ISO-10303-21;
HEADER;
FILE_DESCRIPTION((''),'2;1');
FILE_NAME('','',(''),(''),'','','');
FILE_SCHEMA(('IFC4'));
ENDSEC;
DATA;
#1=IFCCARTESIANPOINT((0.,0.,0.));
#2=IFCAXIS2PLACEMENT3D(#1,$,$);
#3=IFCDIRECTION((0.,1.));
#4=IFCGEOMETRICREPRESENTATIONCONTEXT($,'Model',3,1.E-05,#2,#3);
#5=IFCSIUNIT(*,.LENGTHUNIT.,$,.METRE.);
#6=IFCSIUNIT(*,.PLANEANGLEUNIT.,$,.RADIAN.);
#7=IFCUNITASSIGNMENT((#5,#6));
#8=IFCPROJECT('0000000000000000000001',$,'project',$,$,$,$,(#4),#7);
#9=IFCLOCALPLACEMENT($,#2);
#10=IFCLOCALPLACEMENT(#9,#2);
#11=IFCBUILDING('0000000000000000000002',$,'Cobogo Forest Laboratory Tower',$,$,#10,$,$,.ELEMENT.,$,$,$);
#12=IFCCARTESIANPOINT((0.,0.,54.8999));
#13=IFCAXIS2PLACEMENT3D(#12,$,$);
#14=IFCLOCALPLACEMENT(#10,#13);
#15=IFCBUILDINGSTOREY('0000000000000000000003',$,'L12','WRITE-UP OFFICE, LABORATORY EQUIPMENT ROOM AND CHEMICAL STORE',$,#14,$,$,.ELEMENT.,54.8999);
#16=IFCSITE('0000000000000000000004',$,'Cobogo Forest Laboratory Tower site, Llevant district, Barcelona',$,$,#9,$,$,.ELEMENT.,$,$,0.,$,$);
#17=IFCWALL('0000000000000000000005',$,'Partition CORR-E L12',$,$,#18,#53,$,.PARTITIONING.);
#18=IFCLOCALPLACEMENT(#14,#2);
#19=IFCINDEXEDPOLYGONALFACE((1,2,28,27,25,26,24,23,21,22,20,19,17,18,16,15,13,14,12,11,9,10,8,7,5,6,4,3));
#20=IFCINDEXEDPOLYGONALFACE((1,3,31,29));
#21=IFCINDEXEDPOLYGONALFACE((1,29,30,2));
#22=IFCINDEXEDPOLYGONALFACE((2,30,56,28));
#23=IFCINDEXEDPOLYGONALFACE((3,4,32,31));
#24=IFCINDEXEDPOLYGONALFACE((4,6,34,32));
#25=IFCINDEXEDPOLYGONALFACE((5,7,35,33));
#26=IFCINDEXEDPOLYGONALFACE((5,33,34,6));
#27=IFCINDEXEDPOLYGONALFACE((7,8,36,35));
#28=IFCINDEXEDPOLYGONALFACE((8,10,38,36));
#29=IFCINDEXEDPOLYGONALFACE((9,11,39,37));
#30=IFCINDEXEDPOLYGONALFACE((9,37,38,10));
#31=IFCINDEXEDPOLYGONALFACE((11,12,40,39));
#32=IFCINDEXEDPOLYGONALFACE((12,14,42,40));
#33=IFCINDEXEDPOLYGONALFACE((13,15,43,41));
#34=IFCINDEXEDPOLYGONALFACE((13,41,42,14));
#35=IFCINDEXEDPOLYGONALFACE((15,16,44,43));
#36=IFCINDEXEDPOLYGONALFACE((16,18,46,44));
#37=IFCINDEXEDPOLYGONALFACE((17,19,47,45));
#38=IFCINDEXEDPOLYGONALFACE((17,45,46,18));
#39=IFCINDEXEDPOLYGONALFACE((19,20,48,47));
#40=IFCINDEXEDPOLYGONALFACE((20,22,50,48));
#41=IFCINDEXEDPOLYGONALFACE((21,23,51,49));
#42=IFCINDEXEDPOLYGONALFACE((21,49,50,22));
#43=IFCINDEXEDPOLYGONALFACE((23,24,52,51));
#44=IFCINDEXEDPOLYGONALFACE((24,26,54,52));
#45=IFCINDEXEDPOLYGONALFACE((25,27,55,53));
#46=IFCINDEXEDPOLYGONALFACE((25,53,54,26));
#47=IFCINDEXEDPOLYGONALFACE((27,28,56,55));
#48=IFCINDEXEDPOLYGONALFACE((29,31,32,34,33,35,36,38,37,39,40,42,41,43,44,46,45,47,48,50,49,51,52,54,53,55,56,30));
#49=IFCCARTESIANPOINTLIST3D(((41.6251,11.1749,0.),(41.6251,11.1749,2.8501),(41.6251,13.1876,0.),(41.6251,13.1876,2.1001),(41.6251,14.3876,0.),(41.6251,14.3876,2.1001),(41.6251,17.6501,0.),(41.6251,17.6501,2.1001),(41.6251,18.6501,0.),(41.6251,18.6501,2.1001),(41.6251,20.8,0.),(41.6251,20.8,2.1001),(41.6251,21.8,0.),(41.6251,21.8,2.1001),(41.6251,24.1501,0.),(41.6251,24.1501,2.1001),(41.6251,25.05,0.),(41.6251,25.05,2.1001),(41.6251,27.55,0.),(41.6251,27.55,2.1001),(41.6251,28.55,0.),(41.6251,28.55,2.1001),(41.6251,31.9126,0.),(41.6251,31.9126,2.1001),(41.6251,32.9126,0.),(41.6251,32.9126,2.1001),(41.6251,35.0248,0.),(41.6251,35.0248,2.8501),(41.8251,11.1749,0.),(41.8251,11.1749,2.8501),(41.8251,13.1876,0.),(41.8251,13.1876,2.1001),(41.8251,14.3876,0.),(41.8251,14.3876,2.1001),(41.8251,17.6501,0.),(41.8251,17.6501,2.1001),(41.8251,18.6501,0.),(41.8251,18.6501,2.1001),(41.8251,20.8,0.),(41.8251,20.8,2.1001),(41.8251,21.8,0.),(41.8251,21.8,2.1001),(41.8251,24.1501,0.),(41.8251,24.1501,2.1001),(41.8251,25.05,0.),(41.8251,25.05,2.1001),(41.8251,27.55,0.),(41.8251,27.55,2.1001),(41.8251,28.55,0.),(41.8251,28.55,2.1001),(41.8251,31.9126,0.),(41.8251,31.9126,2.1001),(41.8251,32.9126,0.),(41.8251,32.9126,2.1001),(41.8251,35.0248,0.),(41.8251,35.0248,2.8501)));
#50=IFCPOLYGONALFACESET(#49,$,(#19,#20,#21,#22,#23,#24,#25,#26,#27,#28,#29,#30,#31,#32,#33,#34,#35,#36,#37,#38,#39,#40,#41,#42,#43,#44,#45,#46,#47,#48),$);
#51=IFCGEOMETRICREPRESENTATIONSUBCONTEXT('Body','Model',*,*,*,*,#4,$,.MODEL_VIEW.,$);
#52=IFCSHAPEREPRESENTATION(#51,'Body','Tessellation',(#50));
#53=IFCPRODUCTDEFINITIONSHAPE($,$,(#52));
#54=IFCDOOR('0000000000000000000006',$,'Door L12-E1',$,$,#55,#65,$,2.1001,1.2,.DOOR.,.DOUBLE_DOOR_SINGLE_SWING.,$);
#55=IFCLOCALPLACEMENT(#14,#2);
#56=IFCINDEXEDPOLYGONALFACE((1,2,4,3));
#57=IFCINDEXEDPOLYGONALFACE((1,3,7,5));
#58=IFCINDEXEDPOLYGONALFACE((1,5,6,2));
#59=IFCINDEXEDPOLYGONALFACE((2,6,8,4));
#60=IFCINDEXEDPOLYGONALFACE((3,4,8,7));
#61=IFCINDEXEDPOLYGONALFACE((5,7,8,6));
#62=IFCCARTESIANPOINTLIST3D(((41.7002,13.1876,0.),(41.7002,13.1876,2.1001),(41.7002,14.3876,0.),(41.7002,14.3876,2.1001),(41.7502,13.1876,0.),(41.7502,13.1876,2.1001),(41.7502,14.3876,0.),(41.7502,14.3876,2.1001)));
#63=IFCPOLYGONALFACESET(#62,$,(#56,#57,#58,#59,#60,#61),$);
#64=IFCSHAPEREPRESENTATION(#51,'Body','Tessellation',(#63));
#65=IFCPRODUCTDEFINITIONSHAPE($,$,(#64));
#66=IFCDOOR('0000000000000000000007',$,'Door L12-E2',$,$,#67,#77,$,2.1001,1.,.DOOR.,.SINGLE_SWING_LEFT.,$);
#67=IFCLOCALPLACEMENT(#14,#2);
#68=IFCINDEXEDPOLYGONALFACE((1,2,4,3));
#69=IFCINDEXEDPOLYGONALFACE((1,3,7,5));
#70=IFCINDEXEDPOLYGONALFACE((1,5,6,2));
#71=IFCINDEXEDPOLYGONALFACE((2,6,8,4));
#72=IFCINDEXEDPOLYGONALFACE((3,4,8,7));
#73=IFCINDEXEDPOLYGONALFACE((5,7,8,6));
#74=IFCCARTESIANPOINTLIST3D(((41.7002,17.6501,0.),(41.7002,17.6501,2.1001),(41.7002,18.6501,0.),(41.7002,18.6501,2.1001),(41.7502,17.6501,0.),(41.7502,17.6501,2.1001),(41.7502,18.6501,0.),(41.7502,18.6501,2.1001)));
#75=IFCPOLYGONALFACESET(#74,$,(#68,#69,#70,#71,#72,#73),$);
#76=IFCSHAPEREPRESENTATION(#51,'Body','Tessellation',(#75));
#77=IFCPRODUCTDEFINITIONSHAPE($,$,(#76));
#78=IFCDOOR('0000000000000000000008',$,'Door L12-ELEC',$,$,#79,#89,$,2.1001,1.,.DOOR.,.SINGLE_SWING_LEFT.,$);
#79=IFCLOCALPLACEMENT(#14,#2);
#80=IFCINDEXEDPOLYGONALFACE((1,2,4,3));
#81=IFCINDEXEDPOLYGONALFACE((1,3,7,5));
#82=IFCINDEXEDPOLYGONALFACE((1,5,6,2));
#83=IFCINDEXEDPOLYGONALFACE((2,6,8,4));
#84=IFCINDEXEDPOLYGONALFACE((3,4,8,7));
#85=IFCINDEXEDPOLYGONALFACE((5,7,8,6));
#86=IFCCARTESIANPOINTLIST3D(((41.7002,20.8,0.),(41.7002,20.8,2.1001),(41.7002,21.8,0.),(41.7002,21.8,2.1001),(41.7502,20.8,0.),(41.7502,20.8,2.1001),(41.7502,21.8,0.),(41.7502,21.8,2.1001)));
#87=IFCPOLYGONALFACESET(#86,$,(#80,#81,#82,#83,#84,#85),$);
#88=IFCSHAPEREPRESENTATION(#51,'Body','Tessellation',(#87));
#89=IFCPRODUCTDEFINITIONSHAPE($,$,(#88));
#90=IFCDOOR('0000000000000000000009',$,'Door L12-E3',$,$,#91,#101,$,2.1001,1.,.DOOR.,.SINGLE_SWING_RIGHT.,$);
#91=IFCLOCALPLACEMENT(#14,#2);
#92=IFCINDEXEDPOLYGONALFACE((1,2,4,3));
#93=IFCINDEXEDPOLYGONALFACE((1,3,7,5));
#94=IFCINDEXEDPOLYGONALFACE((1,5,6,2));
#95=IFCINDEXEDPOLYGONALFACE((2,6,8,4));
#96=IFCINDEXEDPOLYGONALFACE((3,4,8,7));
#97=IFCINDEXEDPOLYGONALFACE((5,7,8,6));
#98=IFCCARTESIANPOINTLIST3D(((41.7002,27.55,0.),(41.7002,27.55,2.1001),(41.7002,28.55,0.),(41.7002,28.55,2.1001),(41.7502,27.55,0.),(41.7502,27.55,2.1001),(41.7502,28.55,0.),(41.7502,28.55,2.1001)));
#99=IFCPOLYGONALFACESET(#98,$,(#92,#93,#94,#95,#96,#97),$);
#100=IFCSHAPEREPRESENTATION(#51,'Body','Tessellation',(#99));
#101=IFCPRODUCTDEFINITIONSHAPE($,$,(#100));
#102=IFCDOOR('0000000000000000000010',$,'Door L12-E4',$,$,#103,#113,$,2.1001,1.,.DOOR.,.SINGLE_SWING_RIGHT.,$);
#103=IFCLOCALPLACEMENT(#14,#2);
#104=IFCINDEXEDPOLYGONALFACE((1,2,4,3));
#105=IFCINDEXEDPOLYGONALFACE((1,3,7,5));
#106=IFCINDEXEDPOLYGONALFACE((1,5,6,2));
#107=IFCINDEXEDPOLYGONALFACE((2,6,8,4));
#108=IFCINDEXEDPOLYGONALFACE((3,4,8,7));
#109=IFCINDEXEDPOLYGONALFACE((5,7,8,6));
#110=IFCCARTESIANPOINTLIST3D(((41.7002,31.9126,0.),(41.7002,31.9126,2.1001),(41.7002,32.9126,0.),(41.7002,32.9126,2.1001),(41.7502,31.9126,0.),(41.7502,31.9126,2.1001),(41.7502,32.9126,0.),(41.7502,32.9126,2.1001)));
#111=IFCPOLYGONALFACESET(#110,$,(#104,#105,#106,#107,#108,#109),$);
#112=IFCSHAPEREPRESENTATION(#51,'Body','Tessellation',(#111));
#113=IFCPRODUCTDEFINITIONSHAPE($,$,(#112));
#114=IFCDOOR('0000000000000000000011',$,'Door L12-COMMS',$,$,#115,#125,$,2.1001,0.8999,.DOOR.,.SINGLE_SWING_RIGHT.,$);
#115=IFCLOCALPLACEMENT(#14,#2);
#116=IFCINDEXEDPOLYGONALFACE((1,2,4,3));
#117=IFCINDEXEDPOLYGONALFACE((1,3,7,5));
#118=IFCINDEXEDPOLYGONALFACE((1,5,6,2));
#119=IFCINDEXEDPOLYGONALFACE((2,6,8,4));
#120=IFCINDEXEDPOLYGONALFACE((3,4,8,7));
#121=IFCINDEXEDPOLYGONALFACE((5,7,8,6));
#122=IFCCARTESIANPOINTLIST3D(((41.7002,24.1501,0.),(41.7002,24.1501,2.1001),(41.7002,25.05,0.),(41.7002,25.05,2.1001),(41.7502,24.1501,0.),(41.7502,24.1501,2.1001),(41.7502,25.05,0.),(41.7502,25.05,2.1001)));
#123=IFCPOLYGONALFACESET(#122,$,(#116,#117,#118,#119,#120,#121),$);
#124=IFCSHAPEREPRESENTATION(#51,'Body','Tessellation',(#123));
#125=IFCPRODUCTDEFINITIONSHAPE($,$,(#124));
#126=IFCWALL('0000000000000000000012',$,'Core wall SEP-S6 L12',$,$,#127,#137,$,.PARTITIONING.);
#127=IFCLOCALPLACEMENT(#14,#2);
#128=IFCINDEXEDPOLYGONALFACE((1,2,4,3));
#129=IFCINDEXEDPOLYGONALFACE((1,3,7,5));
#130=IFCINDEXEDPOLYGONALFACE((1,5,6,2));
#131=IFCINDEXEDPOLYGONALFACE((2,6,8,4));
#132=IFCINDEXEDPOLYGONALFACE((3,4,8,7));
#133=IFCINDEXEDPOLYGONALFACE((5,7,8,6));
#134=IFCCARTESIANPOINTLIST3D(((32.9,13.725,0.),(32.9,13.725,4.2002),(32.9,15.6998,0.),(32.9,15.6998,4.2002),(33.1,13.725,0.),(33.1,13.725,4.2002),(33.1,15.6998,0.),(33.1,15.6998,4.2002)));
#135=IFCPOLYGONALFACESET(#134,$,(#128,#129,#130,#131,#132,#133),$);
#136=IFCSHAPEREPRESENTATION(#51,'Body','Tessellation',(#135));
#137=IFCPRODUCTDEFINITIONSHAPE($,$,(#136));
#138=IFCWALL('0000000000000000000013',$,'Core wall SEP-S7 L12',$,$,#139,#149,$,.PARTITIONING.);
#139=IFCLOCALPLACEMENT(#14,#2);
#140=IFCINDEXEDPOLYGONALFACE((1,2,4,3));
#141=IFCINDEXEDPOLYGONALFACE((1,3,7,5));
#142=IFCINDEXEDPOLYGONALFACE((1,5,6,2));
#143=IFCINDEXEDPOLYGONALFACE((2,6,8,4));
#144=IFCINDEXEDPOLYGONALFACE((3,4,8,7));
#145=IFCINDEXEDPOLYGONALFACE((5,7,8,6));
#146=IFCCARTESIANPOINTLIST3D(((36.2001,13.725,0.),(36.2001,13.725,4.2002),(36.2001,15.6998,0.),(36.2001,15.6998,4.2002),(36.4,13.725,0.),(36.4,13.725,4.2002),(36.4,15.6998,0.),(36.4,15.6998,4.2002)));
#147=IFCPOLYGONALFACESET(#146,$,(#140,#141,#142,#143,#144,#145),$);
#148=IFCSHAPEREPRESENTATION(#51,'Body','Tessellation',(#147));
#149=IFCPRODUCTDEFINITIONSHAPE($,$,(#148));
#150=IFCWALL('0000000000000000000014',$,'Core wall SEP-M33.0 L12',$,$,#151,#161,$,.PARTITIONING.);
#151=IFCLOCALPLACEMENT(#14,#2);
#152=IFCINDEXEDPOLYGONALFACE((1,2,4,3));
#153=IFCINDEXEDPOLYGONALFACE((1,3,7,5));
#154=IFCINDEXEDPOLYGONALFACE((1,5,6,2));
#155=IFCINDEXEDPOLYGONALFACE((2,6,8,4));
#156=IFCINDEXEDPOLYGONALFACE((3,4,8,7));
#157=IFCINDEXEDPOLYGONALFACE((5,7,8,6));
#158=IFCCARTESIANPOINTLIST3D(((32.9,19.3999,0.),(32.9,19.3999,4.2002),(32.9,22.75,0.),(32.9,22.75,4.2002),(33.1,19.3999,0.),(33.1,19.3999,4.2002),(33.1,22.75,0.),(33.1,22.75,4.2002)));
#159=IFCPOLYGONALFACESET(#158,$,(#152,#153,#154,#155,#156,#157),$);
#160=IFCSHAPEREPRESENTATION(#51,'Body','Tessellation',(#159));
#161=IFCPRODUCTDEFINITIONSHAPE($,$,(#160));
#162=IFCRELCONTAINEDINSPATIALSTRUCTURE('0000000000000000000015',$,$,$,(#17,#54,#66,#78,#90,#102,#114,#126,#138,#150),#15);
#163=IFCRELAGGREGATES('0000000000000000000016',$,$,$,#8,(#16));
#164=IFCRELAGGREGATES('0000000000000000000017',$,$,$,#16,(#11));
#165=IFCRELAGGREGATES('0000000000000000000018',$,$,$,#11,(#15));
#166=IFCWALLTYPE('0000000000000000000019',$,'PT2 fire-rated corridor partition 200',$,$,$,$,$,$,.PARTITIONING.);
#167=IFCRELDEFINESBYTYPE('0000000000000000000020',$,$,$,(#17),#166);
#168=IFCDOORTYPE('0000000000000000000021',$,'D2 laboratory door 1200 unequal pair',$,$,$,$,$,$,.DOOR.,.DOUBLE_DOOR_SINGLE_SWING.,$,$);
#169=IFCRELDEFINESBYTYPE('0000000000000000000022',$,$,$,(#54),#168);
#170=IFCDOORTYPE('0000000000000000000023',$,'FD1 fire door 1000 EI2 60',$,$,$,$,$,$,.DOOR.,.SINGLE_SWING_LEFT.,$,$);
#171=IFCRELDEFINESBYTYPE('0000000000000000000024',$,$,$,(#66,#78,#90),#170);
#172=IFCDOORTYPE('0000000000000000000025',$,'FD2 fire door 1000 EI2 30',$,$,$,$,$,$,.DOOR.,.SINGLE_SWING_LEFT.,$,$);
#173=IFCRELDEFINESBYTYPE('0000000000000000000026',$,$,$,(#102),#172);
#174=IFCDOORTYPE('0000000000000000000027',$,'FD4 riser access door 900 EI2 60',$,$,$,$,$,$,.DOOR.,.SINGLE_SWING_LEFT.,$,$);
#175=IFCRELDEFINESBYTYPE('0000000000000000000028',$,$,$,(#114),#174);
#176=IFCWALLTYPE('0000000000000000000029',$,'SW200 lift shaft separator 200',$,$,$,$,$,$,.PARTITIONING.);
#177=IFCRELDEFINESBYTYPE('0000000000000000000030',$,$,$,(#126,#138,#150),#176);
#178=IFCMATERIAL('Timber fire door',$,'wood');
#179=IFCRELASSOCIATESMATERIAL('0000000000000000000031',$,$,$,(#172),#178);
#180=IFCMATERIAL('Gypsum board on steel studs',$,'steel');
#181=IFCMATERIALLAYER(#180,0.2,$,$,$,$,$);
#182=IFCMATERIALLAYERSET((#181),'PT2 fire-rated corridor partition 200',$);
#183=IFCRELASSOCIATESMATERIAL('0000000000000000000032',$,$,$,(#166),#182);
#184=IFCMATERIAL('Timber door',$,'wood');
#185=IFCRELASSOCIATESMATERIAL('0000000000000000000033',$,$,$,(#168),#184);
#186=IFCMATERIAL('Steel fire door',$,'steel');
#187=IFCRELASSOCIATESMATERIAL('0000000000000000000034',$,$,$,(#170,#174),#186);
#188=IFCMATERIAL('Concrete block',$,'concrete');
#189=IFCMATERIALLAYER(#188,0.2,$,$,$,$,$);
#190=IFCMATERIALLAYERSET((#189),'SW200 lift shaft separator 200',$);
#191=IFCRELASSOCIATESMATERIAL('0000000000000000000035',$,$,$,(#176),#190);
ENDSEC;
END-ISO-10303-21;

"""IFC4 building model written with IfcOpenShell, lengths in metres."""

from ifc_helpers import new_model, si_unit, direction, frame, frame_2d, origin, place, context, subcontext, project, spatial, rectangle, extrude, material, layer, layer_set, type_object, element, fill, save


model = new_model("IFC4")

# Units and contexts
model_context = context("Model", 3, precision=1e-05, world=origin(), true_north=direction((0.0, 1.0)))
body_context = subcontext(model_context, "Body", "Model", "MODEL_VIEW")
ifc_project = project(units=[si_unit("LENGTHUNIT", "METRE"), si_unit("PLANEANGLEUNIT", "RADIAN")], contexts=[model_context])

# Site, building, storey
site_placement = place(None, origin())
site = spatial("IfcSite", under=ifc_project, at=site_placement, Name="Cobogo Forest Laboratory Tower site, Llevant district, Barcelona", CompositionType="ELEMENT", RefElevation=0.0)
building_placement = place(site_placement, origin())
building = spatial("IfcBuilding", under=site, at=building_placement, Name="Cobogo Forest Laboratory Tower", CompositionType="ELEMENT")
storey_placement = place(building_placement, frame((0.0, 0.0, 54.8999)))
storey = spatial("IfcBuildingStorey", under=building, at=storey_placement, Name="L12", Description="WRITE-UP OFFICE, LABORATORY EQUIPMENT ROOM AND CHEMICAL STORE", CompositionType="ELEMENT", Elevation=54.8999)

# Shared definitions
ifc_material_1 = material(Name="Steel fire door", Category="steel")

# Shared definitions
ifc_material_2 = material(Name="Gypsum board on steel studs", Category="steel")

# Shared definitions
ifc_material_3 = material(Name="Timber fire door", Category="wood")
door_type_1 = type_object("IfcDoorType", Name="FD2 fire door 1000 EI2 30", OperationType="SINGLE_SWING_LEFT", PredefinedType="DOOR", material=ifc_material_3)

# Wall, openings, doors
ifc_layer_1 = layer(ifc_material_2, 0.2)
ifc_layer_set_1 = layer_set([ifc_layer_1], Name="PT2 fire-rated corridor partition 200")
wall_type_1 = type_object("IfcWallType", Name="PT2 fire-rated corridor partition 200", PredefinedType="PARTITIONING", material=ifc_layer_set_1)
wall_1_placement = place(storey_placement, frame((41.7251, 11.175, 0.0), z_axis=(0.0, 0.0, 1.0), x_axis=(0.0, 1.0, 0.0)))
wall_1 = element("IfcWall", 1, at=wall_1_placement, inside=storey, type_object=wall_type_1, Name="Partition CORR-E L12", PredefinedType="PARTITIONING", context=body_context, shape_type="SweptSolid", body=[
    extrude(rectangle(XDim=23.8499, YDim=0.2, at=frame_2d((11.9248, 0.0))), origin(), (0.0, 0.0, 1.0), 2.8501),
])
opening_1_placement = place(wall_1_placement, frame((2.0125, 0.0, 0.0)))
opening_1 = element("IfcOpeningElement", 2, at=opening_1_placement, cuts=wall_1, PredefinedType="OPENING", context=body_context, shape_type="SweptSolid", body=[
    extrude(rectangle(XDim=1.2, YDim=2.1001, at=frame_2d((0.6001, 1.05))), frame((0.0, 0.1099, 0.0), z_axis=(0.0, -1.0, 0.0), x_axis=(1.0, 0.0, 0.0)), (0.0, 0.0, 1.0), 0.22),
])
opening_2_placement = place(wall_1_placement, frame((6.4751, 0.0, 0.0)))
opening_2 = element("IfcOpeningElement", 3, at=opening_2_placement, cuts=wall_1, PredefinedType="OPENING", context=body_context, shape_type="SweptSolid", body=[
    extrude(rectangle(XDim=1.0, YDim=2.1001, at=frame_2d((0.5, 1.05))), frame((0.0, 0.1099, 0.0), z_axis=(0.0, -1.0, 0.0), x_axis=(1.0, 0.0, 0.0)), (0.0, 0.0, 1.0), 0.22),
])
opening_3_placement = place(wall_1_placement, frame((9.625, 0.0, 0.0)))
opening_3 = element("IfcOpeningElement", 4, at=opening_3_placement, cuts=wall_1, PredefinedType="OPENING", context=body_context, shape_type="SweptSolid", body=[
    extrude(rectangle(XDim=1.0, YDim=2.1001, at=frame_2d((0.5, 1.05))), frame((0.0, 0.1099, 0.0), z_axis=(0.0, -1.0, 0.0), x_axis=(1.0, 0.0, 0.0)), (0.0, 0.0, 1.0), 0.22),
])
opening_4_placement = place(wall_1_placement, frame((12.9751, 0.0, 0.0)))
opening_4 = element("IfcOpeningElement", 5, at=opening_4_placement, cuts=wall_1, PredefinedType="OPENING", context=body_context, shape_type="SweptSolid", body=[
    extrude(rectangle(XDim=0.8999, YDim=2.1001, at=frame_2d((0.45, 1.05))), frame((0.0, 0.1099, 0.0), z_axis=(0.0, -1.0, 0.0), x_axis=(1.0, 0.0, 0.0)), (0.0, 0.0, 1.0), 0.22),
])
opening_5_placement = place(wall_1_placement, frame((16.375, 0.0, 0.0)))
opening_5 = element("IfcOpeningElement", 6, at=opening_5_placement, cuts=wall_1, PredefinedType="OPENING", context=body_context, shape_type="SweptSolid", body=[
    extrude(rectangle(XDim=1.0, YDim=2.1001, at=frame_2d((0.5, 1.05))), frame((0.0, 0.1099, 0.0), z_axis=(0.0, -1.0, 0.0), x_axis=(1.0, 0.0, 0.0)), (0.0, 0.0, 1.0), 0.22),
])
opening_6_placement = place(wall_1_placement, frame((20.7375, 0.0, 0.0)))
opening_6 = element("IfcOpeningElement", 7, at=opening_6_placement, cuts=wall_1, PredefinedType="OPENING", context=body_context, shape_type="SweptSolid", body=[
    extrude(rectangle(XDim=1.0, YDim=2.1001, at=frame_2d((0.5, 1.05))), frame((0.0, 0.1099, 0.0), z_axis=(0.0, -1.0, 0.0), x_axis=(1.0, 0.0, 0.0)), (0.0, 0.0, 1.0), 0.22),
])
ifc_material_4 = material(Name="Timber door", Category="wood")
door_type_2 = type_object("IfcDoorType", Name="D2 laboratory door 1200 unequal pair", OperationType="DOUBLE_DOOR_SINGLE_SWING", PredefinedType="DOOR", material=ifc_material_4)
door_1_placement = place(opening_1_placement, origin())
door_1 = element("IfcDoor", 8, at=door_1_placement, inside=storey, type_object=door_type_2, Name="Door L12-E1", OperationType="DOUBLE_DOOR_SINGLE_SWING", OverallHeight=2.1001, OverallWidth=1.2, PredefinedType="DOOR", context=body_context, shape_type="SweptSolid", body=[
    extrude(rectangle(XDim=1.2, YDim=2.1001, at=frame_2d((0.6001, 1.05))), frame((0.0, 0.0249, 0.0), z_axis=(0.0, -1.0, 0.0), x_axis=(1.0, 0.0, 0.0)), (0.0, 0.0, 1.0), 0.05),
])
fill(opening_1, door_1)
door_type_3 = type_object("IfcDoorType", Name="FD1 fire door 1000 EI2 60", OperationType="SINGLE_SWING_LEFT", PredefinedType="DOOR", material=ifc_material_1)
door_2_placement = place(opening_2_placement, origin())
door_2 = element("IfcDoor", 9, at=door_2_placement, inside=storey, type_object=door_type_3, Name="Door L12-E2", OperationType="SINGLE_SWING_LEFT", OverallHeight=2.1001, OverallWidth=1.0, PredefinedType="DOOR", context=body_context, shape_type="SweptSolid", body=[
    extrude(rectangle(XDim=1.0, YDim=2.1001, at=frame_2d((0.5, 1.05))), frame((0.0, 0.0249, 0.0), z_axis=(0.0, -1.0, 0.0), x_axis=(1.0, 0.0, 0.0)), (0.0, 0.0, 1.0), 0.05),
])
fill(opening_2, door_2)
door_3_placement = place(opening_3_placement, origin())
door_3 = element("IfcDoor", 10, at=door_3_placement, inside=storey, type_object=door_type_3, Name="Door L12-ELEC", OperationType="SINGLE_SWING_LEFT", OverallHeight=2.1001, OverallWidth=1.0, PredefinedType="DOOR", context=body_context, shape_type="SweptSolid", body=[
    extrude(rectangle(XDim=1.0, YDim=2.1001, at=frame_2d((0.5, 1.05))), frame((0.0, 0.0249, 0.0), z_axis=(0.0, -1.0, 0.0), x_axis=(1.0, 0.0, 0.0)), (0.0, 0.0, 1.0), 0.05),
])
fill(opening_3, door_3)
door_4_placement = place(opening_5_placement, origin())
door_4 = element("IfcDoor", 11, at=door_4_placement, inside=storey, type_object=door_type_3, Name="Door L12-E3", OperationType="SINGLE_SWING_RIGHT", OverallHeight=2.1001, OverallWidth=1.0, PredefinedType="DOOR", context=body_context, shape_type="SweptSolid", body=[
    extrude(rectangle(XDim=1.0, YDim=2.1001, at=frame_2d((0.5, 1.05))), frame((0.0, 0.0249, 0.0), z_axis=(0.0, -1.0, 0.0), x_axis=(1.0, 0.0, 0.0)), (0.0, 0.0, 1.0), 0.05),
])
fill(opening_5, door_4)
door_5_placement = place(opening_6_placement, origin())
door_5 = element("IfcDoor", 12, at=door_5_placement, inside=storey, type_object=door_type_1, Name="Door L12-E4", OperationType="SINGLE_SWING_RIGHT", OverallHeight=2.1001, OverallWidth=1.0, PredefinedType="DOOR", context=body_context, shape_type="SweptSolid", body=[
    extrude(rectangle(XDim=1.0, YDim=2.1001, at=frame_2d((0.5, 1.05))), frame((0.0, 0.0249, 0.0), z_axis=(0.0, -1.0, 0.0), x_axis=(1.0, 0.0, 0.0)), (0.0, 0.0, 1.0), 0.05),
])
fill(opening_6, door_5)
door_type_4 = type_object("IfcDoorType", Name="FD4 riser access door 900 EI2 60", OperationType="SINGLE_SWING_LEFT", PredefinedType="DOOR", material=ifc_material_1)
door_6_placement = place(opening_4_placement, origin())
door_6 = element("IfcDoor", 13, at=door_6_placement, inside=storey, type_object=door_type_4, Name="Door L12-COMMS", OperationType="SINGLE_SWING_RIGHT", OverallHeight=2.1001, OverallWidth=0.8999, PredefinedType="DOOR", context=body_context, shape_type="SweptSolid", body=[
    extrude(rectangle(XDim=0.8999, YDim=2.1001, at=frame_2d((0.45, 1.05))), frame((0.0, 0.0249, 0.0), z_axis=(0.0, -1.0, 0.0), x_axis=(1.0, 0.0, 0.0)), (0.0, 0.0, 1.0), 0.05),
])
fill(opening_4, door_6)

# Walls
ifc_material_5 = material(Name="Concrete block", Category="concrete")
ifc_layer_2 = layer(ifc_material_5, 0.2)
ifc_layer_set_2 = layer_set([ifc_layer_2], Name="SW200 lift shaft separator 200")
wall_type_2 = type_object("IfcWallType", Name="SW200 lift shaft separator 200", PredefinedType="PARTITIONING", material=ifc_layer_set_2)
for number, where, z_axis, x_axis, name in (
    (14, (33.0, 13.7251, 0.0), (0.0, 0.0, 1.0), (0.0, 1.0, 0.0), "Core wall SEP-S6 L12"),
    (15, (36.3, 13.7251, 0.0), (0.0, 0.0, 1.0), (0.0, 1.0, 0.0), "Core wall SEP-S7 L12"),
):
    element("IfcWall", number, at=place(storey_placement, frame(where, z_axis=z_axis, x_axis=x_axis)), inside=storey, type_object=wall_type_2, Name=name, PredefinedType="PARTITIONING", context=body_context, shape_type="SweptSolid", body=[
        extrude(rectangle(XDim=1.9749, YDim=0.2, at=frame_2d((0.9873, 0.0))), origin(), (0.0, 0.0, 1.0), 4.2002),
    ])
wall_2_placement = place(storey_placement, frame((33.0, 19.3999, 0.0), z_axis=(0.0, 0.0, 1.0), x_axis=(0.0, 1.0, 0.0)))
element("IfcWall", 16, at=wall_2_placement, inside=storey, type_object=wall_type_2, Name="Core wall SEP-M33.0 L12", PredefinedType="PARTITIONING", context=body_context, shape_type="SweptSolid", body=[
    extrude(rectangle(XDim=3.3501, YDim=0.2, at=frame_2d((1.675, 0.0))), origin(), (0.0, 0.0, 1.0), 4.2002),
])

save(model, "model.ifc")
